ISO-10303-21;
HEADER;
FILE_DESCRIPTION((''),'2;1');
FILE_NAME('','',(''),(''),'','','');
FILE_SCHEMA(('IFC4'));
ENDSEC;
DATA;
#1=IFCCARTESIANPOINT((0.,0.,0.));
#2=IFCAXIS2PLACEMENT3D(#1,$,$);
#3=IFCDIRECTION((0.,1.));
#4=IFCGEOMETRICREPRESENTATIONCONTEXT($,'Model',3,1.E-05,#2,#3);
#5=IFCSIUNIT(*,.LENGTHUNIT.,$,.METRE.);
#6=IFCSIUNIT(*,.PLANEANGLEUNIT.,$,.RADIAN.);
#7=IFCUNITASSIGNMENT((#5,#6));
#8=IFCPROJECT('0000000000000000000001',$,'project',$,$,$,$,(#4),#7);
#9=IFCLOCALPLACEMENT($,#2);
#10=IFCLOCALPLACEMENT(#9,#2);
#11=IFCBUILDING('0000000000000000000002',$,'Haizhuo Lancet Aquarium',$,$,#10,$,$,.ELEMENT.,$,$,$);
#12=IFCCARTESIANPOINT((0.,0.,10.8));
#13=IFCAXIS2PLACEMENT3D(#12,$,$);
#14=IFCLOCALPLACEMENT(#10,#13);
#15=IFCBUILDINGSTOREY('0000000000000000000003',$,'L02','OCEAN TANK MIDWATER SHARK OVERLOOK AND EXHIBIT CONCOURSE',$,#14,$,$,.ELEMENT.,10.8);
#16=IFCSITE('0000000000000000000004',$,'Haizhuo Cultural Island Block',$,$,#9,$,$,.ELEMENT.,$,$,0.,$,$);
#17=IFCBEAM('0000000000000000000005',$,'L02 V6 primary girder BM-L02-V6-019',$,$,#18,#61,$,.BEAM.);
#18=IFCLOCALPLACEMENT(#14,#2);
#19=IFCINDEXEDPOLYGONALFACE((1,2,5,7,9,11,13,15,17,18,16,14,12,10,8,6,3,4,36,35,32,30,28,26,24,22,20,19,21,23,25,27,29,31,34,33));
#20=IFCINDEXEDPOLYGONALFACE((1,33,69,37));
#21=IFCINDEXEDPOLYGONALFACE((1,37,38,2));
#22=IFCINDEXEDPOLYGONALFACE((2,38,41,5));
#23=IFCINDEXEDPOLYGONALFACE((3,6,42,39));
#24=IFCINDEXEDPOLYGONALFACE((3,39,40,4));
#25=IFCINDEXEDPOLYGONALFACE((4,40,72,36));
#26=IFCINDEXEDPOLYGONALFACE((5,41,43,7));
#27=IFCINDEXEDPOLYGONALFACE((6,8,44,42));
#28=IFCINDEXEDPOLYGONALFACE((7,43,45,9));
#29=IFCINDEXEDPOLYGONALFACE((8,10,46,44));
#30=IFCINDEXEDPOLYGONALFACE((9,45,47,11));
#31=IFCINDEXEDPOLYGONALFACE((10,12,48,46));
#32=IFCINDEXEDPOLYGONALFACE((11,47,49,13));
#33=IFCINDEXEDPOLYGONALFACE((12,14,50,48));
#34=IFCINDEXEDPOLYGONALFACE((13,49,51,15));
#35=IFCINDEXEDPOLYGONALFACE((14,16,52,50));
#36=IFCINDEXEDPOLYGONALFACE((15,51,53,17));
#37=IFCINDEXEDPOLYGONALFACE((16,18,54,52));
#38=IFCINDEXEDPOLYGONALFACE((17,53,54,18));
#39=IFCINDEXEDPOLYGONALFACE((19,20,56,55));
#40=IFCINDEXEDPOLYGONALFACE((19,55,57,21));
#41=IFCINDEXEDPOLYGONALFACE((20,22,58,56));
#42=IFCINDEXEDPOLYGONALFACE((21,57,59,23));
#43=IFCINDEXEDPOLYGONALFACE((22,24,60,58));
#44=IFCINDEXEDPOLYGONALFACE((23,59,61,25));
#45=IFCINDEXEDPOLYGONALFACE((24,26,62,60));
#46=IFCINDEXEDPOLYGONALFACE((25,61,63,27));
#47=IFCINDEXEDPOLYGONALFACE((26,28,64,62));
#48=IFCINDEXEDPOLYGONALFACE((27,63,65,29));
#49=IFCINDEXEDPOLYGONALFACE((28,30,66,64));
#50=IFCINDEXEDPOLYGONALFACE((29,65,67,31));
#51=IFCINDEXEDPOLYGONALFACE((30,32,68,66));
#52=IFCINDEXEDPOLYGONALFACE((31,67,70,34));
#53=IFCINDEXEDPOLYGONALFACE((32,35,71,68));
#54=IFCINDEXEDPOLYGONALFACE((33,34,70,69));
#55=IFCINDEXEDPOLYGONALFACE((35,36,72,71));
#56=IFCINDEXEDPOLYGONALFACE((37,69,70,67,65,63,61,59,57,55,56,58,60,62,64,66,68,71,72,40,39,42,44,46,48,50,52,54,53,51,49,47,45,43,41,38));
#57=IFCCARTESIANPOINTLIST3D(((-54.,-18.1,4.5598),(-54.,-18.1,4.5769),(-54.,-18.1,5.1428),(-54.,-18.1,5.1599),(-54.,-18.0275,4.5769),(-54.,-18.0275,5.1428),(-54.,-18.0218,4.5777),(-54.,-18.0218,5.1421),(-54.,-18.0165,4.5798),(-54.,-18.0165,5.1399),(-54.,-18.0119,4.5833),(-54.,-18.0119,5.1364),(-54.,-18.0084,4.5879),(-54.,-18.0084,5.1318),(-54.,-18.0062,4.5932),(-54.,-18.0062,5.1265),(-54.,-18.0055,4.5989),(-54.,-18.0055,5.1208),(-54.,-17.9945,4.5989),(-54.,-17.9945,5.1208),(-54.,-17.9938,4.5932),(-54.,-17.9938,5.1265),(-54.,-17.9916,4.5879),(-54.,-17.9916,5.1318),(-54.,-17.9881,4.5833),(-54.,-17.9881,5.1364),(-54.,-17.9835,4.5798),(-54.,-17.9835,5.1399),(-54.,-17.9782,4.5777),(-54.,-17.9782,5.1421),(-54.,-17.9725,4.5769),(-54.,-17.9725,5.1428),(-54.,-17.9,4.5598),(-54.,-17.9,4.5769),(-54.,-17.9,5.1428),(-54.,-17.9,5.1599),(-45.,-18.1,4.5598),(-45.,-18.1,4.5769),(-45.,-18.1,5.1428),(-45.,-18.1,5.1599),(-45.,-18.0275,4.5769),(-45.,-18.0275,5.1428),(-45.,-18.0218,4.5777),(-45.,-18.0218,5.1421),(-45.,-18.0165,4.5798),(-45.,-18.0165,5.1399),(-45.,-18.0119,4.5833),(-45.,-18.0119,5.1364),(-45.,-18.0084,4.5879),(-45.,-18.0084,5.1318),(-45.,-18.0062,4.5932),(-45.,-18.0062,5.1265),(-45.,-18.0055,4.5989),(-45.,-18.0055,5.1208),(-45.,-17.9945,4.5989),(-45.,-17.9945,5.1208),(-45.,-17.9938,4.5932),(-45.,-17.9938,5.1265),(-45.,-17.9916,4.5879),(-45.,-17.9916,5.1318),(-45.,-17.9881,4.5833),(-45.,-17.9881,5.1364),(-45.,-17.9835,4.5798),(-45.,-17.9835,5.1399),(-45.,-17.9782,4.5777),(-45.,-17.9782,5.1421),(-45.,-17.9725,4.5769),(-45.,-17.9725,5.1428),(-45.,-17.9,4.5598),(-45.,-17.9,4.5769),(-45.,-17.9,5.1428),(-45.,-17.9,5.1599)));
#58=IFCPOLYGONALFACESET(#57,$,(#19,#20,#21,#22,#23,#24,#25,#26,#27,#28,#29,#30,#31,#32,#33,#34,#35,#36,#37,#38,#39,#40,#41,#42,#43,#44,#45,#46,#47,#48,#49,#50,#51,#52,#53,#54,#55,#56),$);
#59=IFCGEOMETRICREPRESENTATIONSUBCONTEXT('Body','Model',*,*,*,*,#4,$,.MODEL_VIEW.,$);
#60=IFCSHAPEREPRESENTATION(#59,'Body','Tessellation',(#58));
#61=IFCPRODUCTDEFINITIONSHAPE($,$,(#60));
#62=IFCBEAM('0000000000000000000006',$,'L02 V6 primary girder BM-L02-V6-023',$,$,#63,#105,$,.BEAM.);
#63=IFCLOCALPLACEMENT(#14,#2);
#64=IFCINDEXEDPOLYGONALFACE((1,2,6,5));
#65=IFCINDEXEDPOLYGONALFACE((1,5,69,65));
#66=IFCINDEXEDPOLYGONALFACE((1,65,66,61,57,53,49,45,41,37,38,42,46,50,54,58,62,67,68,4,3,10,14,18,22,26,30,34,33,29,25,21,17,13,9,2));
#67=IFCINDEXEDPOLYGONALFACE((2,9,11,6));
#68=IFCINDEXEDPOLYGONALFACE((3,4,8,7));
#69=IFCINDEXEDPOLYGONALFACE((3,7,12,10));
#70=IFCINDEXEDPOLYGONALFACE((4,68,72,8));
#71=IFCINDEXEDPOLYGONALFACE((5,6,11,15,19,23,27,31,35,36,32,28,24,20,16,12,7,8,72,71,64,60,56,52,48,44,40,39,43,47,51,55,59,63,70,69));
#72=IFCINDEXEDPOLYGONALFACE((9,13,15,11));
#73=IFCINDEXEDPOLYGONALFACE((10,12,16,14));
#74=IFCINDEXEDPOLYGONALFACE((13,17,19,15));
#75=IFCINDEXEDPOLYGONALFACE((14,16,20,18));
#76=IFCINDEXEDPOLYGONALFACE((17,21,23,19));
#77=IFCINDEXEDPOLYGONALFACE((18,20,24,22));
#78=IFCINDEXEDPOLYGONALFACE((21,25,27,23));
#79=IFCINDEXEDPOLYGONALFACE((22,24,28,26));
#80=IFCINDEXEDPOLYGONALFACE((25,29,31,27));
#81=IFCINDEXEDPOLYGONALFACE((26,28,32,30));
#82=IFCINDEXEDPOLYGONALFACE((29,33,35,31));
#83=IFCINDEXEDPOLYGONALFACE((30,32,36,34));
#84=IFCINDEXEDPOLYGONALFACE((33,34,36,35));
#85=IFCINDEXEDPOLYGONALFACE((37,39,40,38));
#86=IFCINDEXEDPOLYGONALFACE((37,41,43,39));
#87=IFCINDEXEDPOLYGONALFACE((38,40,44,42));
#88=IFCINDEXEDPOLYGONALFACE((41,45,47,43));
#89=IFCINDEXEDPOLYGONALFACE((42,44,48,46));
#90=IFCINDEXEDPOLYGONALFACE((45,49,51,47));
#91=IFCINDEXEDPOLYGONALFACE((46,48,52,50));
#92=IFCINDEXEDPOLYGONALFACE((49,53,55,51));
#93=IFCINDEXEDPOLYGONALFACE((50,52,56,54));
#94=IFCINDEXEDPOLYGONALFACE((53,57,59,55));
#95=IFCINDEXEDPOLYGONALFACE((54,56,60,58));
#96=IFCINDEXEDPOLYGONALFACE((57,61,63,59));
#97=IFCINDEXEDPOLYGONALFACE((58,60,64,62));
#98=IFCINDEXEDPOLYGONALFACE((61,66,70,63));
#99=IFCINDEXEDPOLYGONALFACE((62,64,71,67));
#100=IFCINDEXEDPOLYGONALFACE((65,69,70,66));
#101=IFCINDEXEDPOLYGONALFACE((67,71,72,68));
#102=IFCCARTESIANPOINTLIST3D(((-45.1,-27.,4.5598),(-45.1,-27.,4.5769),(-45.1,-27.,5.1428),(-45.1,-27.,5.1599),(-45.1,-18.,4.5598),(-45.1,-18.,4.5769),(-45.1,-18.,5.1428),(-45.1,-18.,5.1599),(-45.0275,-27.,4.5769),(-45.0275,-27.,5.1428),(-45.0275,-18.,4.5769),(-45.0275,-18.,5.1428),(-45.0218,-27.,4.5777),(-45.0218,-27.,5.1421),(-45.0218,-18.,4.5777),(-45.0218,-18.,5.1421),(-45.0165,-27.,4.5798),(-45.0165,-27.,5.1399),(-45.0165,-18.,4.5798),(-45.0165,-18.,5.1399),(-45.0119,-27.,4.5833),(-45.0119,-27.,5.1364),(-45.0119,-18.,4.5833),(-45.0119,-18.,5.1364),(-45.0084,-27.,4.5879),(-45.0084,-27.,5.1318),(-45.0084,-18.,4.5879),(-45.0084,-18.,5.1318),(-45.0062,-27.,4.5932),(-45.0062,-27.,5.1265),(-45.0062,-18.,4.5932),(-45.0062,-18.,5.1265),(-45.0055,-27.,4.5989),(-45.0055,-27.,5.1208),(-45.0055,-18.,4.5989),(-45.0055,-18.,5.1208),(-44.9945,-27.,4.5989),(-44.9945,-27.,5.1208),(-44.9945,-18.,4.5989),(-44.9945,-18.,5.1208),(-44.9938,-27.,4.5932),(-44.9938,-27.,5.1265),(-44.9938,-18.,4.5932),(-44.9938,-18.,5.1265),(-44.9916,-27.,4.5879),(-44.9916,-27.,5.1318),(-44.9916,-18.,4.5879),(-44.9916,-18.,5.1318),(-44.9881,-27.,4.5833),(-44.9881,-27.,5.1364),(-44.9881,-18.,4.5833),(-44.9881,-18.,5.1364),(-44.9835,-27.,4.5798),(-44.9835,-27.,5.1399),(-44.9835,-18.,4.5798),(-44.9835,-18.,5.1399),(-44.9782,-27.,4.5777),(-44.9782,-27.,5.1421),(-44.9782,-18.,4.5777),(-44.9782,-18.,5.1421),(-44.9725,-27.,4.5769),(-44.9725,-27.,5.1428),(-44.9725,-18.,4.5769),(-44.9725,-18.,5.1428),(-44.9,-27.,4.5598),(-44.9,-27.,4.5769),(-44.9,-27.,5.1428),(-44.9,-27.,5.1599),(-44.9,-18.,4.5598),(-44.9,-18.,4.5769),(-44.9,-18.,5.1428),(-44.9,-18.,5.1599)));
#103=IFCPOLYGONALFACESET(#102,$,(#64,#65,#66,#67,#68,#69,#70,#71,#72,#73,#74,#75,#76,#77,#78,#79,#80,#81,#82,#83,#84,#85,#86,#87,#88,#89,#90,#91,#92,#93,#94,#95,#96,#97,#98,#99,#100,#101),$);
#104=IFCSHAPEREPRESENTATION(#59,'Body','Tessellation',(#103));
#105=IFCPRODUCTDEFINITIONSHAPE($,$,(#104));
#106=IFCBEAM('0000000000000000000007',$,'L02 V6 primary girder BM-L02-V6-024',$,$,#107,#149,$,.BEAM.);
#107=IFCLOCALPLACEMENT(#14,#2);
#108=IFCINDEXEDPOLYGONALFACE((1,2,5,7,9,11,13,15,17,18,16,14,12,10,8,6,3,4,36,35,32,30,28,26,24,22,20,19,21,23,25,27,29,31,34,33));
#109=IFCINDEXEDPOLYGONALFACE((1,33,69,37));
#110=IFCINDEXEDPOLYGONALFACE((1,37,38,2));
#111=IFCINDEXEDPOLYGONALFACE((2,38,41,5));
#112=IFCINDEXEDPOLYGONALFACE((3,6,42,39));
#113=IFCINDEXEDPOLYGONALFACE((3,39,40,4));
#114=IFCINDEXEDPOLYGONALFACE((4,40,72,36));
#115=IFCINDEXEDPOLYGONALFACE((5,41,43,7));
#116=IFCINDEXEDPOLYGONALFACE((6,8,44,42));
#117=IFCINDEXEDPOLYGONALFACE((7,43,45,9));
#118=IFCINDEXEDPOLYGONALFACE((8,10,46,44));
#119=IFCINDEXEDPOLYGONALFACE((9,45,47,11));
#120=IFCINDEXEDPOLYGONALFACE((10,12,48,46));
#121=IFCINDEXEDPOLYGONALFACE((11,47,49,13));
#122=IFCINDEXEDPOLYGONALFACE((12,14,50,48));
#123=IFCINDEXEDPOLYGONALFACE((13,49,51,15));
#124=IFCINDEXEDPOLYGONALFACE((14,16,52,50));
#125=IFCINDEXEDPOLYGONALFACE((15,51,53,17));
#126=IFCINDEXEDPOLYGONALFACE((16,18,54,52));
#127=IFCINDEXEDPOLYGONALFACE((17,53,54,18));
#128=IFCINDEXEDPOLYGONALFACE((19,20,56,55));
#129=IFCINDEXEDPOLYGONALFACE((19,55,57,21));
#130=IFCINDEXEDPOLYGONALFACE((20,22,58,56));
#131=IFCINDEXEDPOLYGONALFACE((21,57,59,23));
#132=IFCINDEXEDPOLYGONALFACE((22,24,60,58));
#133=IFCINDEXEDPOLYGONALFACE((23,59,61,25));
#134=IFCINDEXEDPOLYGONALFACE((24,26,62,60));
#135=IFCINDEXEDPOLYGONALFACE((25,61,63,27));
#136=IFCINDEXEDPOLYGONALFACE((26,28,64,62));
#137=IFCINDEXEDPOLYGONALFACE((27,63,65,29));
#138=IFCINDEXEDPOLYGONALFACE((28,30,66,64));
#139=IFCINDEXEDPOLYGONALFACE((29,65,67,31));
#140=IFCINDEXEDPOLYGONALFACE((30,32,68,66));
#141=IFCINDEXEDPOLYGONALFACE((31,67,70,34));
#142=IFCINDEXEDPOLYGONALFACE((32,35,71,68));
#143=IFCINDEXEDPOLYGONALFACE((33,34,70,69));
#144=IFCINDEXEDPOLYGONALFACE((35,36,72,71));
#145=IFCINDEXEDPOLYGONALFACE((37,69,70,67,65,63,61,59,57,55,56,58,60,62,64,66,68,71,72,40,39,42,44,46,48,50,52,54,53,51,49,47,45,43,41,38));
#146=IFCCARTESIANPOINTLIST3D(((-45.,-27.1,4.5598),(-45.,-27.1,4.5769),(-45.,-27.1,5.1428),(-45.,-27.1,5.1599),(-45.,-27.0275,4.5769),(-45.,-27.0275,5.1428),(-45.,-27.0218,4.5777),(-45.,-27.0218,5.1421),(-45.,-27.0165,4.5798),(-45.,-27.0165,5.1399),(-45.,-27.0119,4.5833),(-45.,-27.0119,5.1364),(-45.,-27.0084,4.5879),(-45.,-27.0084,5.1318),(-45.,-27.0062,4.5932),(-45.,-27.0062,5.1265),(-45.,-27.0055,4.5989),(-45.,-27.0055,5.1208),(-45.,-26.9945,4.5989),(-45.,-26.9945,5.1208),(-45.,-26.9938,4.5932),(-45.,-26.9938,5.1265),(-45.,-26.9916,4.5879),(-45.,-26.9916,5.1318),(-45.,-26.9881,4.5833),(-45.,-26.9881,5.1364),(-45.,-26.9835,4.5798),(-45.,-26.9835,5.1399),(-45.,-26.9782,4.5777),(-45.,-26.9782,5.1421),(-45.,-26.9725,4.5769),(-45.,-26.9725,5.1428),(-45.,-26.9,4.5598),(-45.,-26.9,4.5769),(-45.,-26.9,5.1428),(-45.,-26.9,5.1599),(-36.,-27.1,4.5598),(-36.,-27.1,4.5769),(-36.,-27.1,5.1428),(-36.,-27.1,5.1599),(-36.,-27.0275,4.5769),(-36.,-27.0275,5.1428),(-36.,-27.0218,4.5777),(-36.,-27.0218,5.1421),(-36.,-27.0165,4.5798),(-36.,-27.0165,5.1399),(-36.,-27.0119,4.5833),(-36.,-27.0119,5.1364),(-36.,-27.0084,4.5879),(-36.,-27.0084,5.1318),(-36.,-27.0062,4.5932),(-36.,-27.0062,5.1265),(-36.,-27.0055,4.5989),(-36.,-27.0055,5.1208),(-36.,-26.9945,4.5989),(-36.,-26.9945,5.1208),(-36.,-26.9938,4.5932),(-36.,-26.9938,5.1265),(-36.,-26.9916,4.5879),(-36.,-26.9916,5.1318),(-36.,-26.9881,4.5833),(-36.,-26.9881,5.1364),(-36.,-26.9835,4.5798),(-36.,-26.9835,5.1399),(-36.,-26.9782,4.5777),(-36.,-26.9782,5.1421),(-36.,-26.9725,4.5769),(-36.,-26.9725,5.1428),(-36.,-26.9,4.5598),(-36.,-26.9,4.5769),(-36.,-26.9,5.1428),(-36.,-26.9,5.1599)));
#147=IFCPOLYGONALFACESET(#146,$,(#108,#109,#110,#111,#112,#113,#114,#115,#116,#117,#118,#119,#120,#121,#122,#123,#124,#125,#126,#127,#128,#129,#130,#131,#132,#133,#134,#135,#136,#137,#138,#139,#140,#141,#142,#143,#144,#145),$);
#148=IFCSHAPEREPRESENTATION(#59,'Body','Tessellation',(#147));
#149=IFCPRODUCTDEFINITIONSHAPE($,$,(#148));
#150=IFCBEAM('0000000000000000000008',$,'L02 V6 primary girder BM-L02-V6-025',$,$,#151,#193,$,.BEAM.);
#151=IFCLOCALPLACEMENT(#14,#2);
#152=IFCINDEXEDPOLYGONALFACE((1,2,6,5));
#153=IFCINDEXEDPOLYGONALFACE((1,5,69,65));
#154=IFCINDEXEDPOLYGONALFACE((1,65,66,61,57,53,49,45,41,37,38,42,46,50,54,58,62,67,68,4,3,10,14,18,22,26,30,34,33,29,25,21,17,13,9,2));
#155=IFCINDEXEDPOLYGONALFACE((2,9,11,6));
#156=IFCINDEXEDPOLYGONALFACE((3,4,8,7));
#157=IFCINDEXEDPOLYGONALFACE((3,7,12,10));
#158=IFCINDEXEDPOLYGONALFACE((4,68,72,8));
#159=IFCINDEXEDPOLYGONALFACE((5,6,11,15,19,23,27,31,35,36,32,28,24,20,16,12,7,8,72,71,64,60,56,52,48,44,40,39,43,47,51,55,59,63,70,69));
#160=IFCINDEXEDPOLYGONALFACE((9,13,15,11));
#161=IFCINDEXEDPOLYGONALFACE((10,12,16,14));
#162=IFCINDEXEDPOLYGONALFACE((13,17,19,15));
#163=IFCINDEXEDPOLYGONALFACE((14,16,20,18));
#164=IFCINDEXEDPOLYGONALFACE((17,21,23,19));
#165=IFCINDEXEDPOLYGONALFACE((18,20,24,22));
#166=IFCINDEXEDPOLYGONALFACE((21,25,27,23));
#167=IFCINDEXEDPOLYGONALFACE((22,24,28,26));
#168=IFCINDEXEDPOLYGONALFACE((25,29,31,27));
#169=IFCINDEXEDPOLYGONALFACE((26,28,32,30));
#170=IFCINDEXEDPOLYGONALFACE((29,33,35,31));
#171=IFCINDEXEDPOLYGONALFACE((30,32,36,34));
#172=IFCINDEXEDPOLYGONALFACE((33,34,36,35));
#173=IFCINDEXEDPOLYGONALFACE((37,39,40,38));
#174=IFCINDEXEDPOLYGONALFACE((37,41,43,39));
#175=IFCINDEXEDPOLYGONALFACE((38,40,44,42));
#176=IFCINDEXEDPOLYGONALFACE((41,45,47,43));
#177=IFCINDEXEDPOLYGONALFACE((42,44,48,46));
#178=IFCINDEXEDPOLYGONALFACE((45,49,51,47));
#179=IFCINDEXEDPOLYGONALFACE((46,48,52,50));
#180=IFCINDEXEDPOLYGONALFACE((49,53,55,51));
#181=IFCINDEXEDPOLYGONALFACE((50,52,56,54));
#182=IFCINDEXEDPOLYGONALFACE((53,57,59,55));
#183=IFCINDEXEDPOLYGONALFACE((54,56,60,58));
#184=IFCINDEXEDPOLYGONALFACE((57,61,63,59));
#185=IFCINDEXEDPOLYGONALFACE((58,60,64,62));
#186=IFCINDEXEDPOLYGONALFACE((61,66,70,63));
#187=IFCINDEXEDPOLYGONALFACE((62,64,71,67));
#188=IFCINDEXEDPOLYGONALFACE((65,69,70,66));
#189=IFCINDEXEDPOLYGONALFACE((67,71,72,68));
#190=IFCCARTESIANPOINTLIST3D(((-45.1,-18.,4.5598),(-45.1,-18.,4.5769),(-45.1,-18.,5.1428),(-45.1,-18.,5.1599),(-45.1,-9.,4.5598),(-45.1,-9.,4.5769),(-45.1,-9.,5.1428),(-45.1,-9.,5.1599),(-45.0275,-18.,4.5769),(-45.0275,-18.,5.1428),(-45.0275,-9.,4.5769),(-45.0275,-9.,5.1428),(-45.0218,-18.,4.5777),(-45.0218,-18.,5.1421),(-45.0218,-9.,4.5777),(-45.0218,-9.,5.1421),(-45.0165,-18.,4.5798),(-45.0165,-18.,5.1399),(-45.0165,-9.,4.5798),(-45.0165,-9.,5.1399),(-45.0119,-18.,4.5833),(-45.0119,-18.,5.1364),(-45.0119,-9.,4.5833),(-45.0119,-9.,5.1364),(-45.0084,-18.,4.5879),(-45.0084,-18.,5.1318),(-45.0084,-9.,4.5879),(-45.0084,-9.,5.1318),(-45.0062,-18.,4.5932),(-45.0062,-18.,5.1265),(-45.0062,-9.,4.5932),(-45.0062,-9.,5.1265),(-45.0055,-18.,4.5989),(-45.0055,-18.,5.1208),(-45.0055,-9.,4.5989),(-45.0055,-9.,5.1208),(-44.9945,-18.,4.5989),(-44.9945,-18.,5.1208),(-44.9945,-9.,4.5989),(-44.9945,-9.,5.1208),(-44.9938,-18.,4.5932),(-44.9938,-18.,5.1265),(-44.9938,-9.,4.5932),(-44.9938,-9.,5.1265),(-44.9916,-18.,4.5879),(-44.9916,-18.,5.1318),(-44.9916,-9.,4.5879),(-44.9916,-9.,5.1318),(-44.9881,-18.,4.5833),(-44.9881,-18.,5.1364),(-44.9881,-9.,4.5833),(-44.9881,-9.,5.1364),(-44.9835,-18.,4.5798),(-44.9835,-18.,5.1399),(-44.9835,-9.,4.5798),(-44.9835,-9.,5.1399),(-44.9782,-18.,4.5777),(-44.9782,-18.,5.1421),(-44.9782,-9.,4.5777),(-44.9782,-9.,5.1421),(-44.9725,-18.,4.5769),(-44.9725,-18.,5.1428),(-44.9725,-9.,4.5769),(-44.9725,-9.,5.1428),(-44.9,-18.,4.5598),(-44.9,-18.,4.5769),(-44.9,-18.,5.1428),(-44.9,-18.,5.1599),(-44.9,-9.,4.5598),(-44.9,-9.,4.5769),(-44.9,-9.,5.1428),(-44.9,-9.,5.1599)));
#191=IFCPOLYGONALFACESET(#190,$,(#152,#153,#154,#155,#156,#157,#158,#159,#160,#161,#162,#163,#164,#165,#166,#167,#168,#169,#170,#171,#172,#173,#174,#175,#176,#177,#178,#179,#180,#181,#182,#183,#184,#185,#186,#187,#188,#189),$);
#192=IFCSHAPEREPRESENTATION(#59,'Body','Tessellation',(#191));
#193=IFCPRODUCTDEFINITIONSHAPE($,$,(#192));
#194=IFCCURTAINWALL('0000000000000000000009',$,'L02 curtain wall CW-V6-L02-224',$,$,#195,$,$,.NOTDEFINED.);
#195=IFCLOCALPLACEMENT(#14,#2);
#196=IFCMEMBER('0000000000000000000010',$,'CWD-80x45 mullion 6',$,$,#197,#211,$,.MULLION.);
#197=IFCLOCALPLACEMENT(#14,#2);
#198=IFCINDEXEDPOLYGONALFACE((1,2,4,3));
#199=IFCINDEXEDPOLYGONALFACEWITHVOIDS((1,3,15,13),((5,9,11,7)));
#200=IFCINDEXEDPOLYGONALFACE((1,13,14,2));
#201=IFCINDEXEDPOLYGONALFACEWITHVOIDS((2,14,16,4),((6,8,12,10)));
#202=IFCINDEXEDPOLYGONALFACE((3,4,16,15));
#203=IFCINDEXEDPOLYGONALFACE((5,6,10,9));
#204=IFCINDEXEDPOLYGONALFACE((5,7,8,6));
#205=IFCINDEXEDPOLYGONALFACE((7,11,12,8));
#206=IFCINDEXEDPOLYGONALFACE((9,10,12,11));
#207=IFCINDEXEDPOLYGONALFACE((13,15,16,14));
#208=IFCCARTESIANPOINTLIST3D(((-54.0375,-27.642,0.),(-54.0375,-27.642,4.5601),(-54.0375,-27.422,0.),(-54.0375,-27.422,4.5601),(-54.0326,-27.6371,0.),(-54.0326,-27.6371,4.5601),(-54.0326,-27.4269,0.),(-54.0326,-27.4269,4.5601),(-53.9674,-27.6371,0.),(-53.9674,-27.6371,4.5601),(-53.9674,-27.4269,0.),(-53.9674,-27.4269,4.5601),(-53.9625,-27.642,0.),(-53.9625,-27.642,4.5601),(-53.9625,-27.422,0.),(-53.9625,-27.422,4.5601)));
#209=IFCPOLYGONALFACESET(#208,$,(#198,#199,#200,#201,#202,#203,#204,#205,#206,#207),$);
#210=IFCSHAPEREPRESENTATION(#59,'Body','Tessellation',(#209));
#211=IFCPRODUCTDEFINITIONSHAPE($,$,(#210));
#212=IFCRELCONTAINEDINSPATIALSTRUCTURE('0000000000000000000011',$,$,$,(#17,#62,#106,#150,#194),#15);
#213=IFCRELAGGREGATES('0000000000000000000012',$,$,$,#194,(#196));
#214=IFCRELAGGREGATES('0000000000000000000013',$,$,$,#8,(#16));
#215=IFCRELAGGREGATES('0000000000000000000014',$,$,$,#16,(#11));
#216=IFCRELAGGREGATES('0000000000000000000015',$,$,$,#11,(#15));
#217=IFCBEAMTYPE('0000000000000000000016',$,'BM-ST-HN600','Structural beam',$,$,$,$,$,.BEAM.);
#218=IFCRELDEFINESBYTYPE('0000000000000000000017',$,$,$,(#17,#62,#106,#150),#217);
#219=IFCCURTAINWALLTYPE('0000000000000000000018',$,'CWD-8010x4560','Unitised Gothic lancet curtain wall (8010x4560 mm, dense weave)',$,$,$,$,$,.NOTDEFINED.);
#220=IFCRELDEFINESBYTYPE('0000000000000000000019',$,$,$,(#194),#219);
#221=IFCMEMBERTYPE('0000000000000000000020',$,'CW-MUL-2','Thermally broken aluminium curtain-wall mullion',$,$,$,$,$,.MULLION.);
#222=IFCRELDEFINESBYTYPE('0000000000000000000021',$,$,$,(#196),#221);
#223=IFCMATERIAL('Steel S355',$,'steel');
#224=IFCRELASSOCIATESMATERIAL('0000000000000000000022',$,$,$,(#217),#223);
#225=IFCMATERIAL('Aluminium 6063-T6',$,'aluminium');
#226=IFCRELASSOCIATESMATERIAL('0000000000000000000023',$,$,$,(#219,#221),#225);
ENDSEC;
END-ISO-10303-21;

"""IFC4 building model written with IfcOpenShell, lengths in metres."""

from ifc_helpers import new_model, si_unit, direction, frame, origin, origin_2d, place, context, subcontext, project, spatial, hollow_rectangle, i_section, extrude, material, material_profile, profile_set, type_object, element, aggregate, save


model = new_model("IFC4")

# Units and contexts
model_context = context("Model", 3, precision=1e-05, world=origin(), true_north=direction((0.0, 1.0)))
body_context = subcontext(model_context, "Body", "Model", "MODEL_VIEW")
ifc_project = project(units=[si_unit("LENGTHUNIT", "METRE"), si_unit("PLANEANGLEUNIT", "RADIAN")], contexts=[model_context])

# Site, building, storey
site_placement = place(None, origin())
site = spatial("IfcSite", under=ifc_project, at=site_placement, Name="Haizhuo Cultural Island Block", CompositionType="ELEMENT", RefElevation=0.0)
building_placement = place(site_placement, origin())
building = spatial("IfcBuilding", under=site, at=building_placement, Name="Haizhuo Lancet Aquarium", CompositionType="ELEMENT")
storey_placement = place(building_placement, frame((0.0, 0.0, 10.8)))
storey = spatial("IfcBuildingStorey", under=building, at=storey_placement, Name="L02", Description="OCEAN TANK MIDWATER SHARK OVERLOOK AND EXHIBIT CONCOURSE", CompositionType="ELEMENT", Elevation=10.8)

# Beams
ifc_material_1 = material(Name="Steel S355", Category="steel")
ifc_material_profile_1 = material_profile(ifc_material_1, i_section(OverallWidth=0.2, OverallDepth=0.6001, WebThickness=0.011, FlangeThickness=0.0171, FilletRadius=0.022, at=origin_2d()), Name="HN 600x200x11x17")
ifc_profile_set_1 = profile_set([ifc_material_profile_1], Name="Steel S355")
beam_type_1 = type_object("IfcBeamType", Name="BM-ST-HN600", Description="Structural beam", PredefinedType="BEAM", material=ifc_profile_set_1)
for number, where, z_axis, x_axis, name in (
    (1, (-54.0, -18.0, 4.8599), (1.0, 0.0, 0.0), (0.0, 1.0, 0.0), "L02 V6 primary girder BM-L02-V6-019"),
    (2, (-45.0, -27.0, 4.8599), (0.0, 1.0, 0.0), (-1.0, 0.0, 0.0), "L02 V6 primary girder BM-L02-V6-023"),
    (3, (-45.0, -27.0, 4.8599), (1.0, 0.0, 0.0), (0.0, 1.0, 0.0), "L02 V6 primary girder BM-L02-V6-024"),
    (4, (-45.0, -18.0, 4.8599), (0.0, 1.0, 0.0), (-1.0, 0.0, 0.0), "L02 V6 primary girder BM-L02-V6-025"),
):
    element("IfcBeam", number, at=place(storey_placement, frame(where, z_axis=z_axis, x_axis=x_axis)), inside=storey, type_object=beam_type_1, Name=name, PredefinedType="BEAM", context=body_context, shape_type="SweptSolid", body=[
        extrude(i_section(OverallWidth=0.2, OverallDepth=0.6001, WebThickness=0.011, FlangeThickness=0.0171, FilletRadius=0.022, at=origin_2d()), origin(), (0.0, 0.0, 1.0), 9.0),
    ])

# Curtain wall, member
ifc_material_2 = material(Name="Aluminium 6063-T6", Category="aluminium")
curtain_wall_type = type_object("IfcCurtainWallType", Name="CWD-8010x4560", Description="Unitised Gothic lancet curtain wall (8010x4560 mm, dense weave)", PredefinedType="NOTDEFINED", material=ifc_material_2)
curtain_wall_placement = place(storey_placement, origin())
curtain_wall = element("IfcCurtainWall", 5, at=curtain_wall_placement, inside=storey, type_object=curtain_wall_type, Name="L02 curtain wall CW-V6-L02-224", PredefinedType="NOTDEFINED")
ifc_material_profile_2 = material_profile(ifc_material_2, hollow_rectangle(XDim=0.075, YDim=0.22, WallThickness=0.0049, at=origin_2d()), Name="ALU-M 75x220x5")
ifc_profile_set_2 = profile_set([ifc_material_profile_2], Name="Aluminium 6063-T6")
member_type_1 = type_object("IfcMemberType", Name="CW-MUL-2", Description="Thermally broken aluminium curtain-wall mullion", PredefinedType="MULLION", material=ifc_profile_set_2)
member_placement = place(storey_placement, frame((-54.0, -27.532, 0.0), z_axis=(0.0, 0.0, 1.0), x_axis=(-1.0, 0.0, 0.0)))
member = element("IfcMember", 6, at=member_placement, type_object=member_type_1, Name="CWD-80x45 mullion 6", PredefinedType="MULLION", context=body_context, shape_type="SweptSolid", body=[
    extrude(hollow_rectangle(XDim=0.075, YDim=0.22, WallThickness=0.0049, at=origin_2d()), origin(), (0.0, 0.0, 1.0), 4.5601),
])
aggregate(curtain_wall, [member])

save(model, "model.ifc")
